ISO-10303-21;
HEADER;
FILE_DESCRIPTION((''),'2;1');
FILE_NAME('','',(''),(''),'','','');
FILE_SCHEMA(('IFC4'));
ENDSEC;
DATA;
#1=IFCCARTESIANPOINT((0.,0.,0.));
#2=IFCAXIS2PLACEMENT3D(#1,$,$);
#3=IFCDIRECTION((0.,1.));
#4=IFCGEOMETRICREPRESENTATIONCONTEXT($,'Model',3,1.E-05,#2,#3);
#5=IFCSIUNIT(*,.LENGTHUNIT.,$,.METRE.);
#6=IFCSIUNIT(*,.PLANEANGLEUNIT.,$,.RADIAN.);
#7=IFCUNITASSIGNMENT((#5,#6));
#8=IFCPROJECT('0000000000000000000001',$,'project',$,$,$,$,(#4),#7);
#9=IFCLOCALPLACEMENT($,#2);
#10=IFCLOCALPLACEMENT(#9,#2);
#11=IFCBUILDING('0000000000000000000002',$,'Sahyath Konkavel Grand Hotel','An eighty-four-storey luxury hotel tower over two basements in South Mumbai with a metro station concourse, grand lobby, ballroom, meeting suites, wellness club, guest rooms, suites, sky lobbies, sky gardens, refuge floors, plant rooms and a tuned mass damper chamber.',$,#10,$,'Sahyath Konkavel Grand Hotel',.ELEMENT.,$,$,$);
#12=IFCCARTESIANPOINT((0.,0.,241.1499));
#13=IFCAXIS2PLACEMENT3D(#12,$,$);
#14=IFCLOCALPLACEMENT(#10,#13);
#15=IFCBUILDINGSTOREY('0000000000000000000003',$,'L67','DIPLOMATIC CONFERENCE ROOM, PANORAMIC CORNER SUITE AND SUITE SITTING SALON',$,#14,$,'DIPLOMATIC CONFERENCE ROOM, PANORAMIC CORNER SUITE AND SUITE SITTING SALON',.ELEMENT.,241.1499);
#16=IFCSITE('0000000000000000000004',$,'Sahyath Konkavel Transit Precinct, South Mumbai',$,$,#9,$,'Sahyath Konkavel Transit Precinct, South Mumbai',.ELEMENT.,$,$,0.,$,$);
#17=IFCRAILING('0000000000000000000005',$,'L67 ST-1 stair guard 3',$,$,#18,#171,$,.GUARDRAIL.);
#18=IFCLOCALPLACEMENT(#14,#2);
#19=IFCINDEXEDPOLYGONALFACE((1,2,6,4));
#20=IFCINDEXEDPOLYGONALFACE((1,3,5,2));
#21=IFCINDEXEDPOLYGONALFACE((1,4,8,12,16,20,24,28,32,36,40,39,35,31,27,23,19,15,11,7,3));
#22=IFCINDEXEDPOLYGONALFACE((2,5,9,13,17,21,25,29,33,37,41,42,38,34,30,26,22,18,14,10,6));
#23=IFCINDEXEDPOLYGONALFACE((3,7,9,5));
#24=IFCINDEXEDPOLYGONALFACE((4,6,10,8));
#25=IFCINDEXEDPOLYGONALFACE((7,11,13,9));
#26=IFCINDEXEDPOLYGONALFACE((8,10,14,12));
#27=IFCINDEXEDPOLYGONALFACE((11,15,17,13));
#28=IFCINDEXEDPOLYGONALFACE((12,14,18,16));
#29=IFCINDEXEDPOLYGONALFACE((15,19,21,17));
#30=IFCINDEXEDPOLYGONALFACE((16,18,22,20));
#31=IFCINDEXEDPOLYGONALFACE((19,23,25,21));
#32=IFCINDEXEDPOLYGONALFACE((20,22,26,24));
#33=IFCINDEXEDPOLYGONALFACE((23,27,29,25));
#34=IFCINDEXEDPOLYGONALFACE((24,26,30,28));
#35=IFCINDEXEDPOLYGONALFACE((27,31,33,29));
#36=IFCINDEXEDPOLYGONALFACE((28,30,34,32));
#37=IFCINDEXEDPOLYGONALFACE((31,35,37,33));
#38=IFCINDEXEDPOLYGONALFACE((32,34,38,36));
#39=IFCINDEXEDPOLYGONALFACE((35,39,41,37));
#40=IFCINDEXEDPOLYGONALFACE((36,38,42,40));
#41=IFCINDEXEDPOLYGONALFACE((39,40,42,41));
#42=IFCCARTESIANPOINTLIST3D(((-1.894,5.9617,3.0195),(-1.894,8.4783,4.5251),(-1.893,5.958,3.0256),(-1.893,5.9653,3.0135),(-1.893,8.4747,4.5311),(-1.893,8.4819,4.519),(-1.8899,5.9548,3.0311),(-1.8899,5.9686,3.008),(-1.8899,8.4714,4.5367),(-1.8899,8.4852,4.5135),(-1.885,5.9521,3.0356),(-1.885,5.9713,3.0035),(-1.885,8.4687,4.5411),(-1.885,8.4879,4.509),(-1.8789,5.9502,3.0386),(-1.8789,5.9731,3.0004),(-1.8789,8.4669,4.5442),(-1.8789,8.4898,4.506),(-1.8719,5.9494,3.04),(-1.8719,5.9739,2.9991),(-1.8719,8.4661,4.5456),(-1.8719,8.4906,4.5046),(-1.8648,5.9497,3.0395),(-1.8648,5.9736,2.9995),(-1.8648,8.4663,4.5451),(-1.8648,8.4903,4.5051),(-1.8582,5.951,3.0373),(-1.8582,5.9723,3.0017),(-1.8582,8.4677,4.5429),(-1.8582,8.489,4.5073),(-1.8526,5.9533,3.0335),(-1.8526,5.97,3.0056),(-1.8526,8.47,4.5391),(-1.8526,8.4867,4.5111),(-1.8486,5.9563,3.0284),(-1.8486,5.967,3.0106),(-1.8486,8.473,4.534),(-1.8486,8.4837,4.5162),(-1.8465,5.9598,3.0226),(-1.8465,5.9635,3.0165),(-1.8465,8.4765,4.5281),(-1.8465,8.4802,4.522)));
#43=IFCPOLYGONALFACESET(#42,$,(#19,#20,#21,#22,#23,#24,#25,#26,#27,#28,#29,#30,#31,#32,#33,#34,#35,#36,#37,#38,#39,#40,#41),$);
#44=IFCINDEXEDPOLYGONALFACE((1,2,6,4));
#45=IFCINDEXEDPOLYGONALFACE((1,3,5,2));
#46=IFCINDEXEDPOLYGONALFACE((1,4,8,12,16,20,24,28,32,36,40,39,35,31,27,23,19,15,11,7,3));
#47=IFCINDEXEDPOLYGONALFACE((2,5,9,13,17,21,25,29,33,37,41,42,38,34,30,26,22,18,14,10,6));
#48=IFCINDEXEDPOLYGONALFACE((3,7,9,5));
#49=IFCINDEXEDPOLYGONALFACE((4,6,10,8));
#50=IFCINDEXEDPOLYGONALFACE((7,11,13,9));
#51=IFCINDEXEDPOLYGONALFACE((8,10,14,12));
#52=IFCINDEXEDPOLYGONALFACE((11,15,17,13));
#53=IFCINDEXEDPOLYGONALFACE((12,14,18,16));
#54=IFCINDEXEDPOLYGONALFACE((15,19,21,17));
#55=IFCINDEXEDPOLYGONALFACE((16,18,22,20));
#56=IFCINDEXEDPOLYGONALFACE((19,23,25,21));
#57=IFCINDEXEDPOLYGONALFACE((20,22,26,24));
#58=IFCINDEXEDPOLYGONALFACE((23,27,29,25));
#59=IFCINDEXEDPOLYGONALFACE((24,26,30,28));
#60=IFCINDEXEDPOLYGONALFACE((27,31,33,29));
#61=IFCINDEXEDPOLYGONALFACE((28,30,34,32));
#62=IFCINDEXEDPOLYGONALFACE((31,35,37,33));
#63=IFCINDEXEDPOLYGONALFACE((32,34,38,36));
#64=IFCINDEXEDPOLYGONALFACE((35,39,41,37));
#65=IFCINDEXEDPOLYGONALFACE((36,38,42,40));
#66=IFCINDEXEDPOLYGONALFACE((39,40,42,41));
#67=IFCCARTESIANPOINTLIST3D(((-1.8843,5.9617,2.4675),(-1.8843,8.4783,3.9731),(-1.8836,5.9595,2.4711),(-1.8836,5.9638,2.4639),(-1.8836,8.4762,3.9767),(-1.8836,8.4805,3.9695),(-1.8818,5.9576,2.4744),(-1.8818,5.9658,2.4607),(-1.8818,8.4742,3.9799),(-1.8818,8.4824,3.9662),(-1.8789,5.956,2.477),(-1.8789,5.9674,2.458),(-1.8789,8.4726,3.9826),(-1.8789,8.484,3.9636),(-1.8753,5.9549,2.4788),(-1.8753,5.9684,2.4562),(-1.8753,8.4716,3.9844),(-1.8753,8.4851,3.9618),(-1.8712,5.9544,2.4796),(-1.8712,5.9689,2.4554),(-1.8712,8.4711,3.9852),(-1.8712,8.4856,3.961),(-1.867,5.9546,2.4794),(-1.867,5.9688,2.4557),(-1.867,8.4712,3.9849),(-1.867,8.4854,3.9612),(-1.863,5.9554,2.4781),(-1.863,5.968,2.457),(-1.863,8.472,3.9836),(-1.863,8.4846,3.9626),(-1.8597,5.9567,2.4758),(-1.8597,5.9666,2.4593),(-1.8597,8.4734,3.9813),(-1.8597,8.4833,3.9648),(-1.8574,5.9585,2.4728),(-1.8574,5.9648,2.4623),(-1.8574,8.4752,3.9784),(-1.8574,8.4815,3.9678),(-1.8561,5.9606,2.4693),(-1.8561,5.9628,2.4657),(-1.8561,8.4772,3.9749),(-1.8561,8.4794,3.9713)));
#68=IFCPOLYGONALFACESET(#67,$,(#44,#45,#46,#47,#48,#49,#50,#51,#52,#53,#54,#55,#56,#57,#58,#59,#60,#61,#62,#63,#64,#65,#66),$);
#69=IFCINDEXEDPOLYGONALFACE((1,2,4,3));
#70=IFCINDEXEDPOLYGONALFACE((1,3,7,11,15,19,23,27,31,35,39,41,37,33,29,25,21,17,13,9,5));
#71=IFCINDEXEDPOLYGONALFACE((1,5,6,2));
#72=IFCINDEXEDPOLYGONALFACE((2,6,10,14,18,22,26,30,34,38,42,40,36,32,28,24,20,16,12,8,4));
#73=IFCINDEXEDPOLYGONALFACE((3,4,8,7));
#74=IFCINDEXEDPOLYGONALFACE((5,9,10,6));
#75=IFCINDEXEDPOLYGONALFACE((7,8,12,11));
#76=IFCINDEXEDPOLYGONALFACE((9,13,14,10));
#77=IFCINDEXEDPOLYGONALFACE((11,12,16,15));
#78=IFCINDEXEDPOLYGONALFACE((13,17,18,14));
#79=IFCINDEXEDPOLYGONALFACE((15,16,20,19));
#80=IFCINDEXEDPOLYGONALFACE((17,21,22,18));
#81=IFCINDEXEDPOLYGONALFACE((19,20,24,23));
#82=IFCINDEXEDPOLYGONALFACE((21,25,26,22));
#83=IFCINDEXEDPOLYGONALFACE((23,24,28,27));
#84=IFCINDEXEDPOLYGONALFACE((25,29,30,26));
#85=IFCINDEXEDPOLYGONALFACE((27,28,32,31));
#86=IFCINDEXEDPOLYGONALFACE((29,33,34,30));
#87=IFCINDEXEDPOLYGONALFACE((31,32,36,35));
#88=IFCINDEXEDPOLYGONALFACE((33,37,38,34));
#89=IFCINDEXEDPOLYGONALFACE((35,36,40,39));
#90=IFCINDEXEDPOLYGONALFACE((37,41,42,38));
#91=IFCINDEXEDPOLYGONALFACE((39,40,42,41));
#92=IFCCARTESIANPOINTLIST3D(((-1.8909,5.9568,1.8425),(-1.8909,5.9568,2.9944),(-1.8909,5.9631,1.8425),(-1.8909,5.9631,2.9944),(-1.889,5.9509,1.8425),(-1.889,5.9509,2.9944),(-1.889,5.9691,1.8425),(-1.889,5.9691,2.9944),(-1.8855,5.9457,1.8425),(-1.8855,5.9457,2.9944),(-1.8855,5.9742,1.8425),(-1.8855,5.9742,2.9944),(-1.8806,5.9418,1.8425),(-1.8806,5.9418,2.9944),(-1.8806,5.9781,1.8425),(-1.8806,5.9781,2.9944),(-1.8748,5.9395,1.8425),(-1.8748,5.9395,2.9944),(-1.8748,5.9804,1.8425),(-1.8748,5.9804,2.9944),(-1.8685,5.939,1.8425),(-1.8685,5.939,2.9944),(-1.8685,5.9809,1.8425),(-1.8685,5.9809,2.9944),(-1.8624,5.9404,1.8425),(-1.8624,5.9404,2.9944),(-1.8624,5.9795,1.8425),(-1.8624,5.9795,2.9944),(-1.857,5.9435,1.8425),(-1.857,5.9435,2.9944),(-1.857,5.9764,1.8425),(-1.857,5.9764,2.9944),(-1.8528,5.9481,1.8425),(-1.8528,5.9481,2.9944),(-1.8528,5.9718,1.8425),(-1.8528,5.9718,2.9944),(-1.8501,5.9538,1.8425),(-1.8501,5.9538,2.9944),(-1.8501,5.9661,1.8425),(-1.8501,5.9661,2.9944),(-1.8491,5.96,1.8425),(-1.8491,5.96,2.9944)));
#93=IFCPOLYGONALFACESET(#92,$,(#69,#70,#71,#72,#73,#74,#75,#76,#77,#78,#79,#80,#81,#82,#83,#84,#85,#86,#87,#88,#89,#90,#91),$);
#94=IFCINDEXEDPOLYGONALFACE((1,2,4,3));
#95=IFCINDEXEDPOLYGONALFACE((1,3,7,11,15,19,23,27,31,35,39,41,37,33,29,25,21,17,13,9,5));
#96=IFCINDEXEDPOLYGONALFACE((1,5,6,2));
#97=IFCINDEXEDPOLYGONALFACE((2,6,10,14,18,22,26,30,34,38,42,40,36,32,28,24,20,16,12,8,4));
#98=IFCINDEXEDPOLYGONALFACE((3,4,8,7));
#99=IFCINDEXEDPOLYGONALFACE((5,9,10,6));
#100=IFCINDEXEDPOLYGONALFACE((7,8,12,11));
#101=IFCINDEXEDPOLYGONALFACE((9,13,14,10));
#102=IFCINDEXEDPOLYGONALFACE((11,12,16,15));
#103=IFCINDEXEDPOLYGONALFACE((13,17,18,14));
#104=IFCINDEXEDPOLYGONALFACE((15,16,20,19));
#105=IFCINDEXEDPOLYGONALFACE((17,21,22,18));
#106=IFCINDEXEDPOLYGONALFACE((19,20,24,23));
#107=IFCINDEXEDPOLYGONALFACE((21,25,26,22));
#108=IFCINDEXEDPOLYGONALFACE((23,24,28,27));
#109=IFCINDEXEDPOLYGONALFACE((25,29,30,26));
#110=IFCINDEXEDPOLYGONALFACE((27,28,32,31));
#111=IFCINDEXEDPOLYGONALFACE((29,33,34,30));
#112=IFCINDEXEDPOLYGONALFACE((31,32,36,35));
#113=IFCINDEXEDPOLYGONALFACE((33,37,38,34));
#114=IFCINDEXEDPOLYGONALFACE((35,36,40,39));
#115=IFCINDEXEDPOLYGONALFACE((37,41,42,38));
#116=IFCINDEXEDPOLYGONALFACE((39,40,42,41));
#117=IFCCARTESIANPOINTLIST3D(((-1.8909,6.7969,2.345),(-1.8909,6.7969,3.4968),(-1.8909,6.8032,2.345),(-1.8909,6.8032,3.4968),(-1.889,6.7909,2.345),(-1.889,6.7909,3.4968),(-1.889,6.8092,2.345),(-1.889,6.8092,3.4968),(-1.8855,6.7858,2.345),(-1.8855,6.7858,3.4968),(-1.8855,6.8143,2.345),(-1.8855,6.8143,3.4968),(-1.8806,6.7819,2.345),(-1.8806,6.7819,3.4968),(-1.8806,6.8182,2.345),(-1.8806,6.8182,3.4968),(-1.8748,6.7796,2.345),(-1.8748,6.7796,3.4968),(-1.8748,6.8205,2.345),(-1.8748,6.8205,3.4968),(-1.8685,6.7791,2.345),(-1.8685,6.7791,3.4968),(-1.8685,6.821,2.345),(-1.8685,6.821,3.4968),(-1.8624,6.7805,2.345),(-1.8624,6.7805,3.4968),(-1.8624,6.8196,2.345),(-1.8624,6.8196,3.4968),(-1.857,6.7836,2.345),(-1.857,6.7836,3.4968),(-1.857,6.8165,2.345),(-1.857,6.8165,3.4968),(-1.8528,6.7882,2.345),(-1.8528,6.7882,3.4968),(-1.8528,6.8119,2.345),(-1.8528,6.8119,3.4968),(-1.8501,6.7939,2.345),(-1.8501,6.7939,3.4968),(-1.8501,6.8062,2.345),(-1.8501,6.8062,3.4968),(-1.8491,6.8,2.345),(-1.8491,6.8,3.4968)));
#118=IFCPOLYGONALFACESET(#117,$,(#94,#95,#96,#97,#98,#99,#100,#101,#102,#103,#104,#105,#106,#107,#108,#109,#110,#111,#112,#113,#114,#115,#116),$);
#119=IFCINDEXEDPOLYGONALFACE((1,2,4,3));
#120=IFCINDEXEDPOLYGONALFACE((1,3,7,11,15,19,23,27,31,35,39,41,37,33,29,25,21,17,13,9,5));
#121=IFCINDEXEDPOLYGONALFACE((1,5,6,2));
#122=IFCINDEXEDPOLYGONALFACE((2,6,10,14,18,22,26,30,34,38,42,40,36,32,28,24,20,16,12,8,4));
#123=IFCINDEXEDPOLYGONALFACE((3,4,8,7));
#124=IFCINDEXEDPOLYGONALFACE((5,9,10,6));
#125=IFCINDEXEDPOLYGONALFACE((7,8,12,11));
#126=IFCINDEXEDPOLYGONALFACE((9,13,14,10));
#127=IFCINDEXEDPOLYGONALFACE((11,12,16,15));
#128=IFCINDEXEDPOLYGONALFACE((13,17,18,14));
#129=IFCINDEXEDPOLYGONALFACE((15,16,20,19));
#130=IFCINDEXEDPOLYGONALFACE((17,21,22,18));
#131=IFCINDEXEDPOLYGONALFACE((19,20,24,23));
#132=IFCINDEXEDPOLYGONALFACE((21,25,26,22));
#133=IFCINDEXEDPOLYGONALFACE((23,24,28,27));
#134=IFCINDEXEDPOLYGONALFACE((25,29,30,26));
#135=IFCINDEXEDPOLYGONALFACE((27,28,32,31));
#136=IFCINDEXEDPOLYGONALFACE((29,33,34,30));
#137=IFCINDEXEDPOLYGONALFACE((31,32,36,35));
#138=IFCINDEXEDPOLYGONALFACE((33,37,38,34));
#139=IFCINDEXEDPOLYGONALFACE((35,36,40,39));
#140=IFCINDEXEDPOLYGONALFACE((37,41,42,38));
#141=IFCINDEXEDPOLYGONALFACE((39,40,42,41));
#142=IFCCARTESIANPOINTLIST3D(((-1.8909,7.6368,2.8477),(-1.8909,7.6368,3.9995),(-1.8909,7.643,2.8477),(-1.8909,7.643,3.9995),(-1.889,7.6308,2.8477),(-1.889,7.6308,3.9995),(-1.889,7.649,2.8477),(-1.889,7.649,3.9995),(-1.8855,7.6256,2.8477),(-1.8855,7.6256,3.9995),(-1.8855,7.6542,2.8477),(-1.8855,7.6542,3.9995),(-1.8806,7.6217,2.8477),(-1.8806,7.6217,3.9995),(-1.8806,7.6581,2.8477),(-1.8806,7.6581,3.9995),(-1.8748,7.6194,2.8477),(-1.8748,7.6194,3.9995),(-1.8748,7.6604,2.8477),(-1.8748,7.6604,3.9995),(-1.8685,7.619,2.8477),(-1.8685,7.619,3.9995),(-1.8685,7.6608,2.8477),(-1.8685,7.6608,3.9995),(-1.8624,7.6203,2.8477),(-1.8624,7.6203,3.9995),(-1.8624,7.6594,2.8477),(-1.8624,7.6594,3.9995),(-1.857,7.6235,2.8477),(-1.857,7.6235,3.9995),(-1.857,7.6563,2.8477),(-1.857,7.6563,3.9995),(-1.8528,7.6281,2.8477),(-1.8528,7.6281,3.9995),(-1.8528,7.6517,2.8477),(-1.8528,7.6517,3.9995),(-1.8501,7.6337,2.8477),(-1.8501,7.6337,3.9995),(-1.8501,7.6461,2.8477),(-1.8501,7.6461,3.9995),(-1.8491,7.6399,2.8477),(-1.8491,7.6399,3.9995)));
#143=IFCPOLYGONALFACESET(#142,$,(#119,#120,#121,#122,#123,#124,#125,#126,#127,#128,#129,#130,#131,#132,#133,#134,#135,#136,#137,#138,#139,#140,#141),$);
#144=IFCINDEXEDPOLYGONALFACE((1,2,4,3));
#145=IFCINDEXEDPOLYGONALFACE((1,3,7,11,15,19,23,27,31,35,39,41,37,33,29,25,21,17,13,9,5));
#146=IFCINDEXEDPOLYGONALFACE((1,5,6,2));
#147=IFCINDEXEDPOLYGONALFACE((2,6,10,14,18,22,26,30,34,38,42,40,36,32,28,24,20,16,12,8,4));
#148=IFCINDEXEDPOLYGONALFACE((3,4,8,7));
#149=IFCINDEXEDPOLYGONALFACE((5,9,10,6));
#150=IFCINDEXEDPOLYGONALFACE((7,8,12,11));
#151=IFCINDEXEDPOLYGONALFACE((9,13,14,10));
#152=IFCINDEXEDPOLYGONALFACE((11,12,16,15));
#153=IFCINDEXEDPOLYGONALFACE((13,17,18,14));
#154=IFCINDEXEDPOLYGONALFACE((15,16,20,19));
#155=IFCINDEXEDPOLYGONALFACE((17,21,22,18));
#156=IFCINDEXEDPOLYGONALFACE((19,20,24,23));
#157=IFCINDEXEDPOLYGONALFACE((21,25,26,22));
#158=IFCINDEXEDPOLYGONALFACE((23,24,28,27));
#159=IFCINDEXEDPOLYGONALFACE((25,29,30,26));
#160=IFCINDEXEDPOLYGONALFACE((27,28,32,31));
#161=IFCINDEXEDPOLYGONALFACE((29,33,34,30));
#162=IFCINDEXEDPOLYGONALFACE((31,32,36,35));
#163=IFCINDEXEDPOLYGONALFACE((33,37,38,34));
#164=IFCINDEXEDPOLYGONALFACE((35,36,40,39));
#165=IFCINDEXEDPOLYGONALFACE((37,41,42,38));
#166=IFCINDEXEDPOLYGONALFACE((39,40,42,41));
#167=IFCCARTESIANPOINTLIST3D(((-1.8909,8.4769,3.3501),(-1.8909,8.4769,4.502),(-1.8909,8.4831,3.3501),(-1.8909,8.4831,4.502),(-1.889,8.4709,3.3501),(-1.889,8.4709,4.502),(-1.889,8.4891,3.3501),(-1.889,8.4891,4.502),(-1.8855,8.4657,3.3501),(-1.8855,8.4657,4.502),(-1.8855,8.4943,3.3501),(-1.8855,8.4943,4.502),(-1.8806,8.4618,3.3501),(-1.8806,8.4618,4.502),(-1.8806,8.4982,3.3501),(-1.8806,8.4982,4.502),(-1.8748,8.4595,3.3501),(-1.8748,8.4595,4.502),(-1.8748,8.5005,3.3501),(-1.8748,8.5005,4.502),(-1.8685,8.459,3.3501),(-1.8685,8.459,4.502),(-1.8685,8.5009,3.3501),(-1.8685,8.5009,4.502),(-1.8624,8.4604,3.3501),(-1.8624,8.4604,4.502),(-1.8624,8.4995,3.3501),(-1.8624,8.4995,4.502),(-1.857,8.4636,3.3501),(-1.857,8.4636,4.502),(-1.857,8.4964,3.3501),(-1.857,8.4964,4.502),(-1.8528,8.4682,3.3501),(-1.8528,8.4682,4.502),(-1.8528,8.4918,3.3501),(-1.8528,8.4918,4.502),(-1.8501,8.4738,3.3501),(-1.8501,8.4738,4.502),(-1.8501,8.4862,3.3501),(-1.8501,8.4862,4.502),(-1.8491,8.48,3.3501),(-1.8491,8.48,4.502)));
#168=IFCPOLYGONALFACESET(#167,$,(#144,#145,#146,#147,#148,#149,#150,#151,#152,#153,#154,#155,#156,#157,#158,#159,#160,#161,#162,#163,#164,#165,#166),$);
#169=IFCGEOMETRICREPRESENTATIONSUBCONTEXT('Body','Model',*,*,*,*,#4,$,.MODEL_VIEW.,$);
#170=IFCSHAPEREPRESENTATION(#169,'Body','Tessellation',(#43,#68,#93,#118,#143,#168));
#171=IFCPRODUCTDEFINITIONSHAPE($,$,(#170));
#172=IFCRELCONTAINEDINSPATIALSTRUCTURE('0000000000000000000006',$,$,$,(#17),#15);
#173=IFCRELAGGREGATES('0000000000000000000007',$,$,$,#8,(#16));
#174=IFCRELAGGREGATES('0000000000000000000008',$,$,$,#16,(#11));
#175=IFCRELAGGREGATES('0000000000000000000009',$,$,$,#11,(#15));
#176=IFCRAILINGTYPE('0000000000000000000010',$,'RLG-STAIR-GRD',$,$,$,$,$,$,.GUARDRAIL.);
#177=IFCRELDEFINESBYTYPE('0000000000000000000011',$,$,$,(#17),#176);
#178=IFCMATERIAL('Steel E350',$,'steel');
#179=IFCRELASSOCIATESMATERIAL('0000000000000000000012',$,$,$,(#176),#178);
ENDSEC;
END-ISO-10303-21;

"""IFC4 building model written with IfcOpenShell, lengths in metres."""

from ifc_helpers import new_model, si_unit, direction, frame, origin, origin_2d, place, context, subcontext, project, spatial, circle, extrude, material, type_object, element, save


model = new_model("IFC4")

# Units and contexts
model_context = context("Model", 3, precision=1e-05, world=origin(), true_north=direction((0.0, 1.0)))
body_context = subcontext(model_context, "Body", "Model", "MODEL_VIEW")
ifc_project = project(units=[si_unit("LENGTHUNIT", "METRE"), si_unit("PLANEANGLEUNIT", "RADIAN")], contexts=[model_context])

# Site, building, storey
site_placement = place(None, origin())
site = spatial("IfcSite", under=ifc_project, at=site_placement, Name="Sahyath Konkavel Transit Precinct, South Mumbai", LongName="Sahyath Konkavel Transit Precinct, South Mumbai", CompositionType="ELEMENT", RefElevation=0.0)
building_placement = place(site_placement, origin())
building = spatial("IfcBuilding", under=site, at=building_placement, Name="Sahyath Konkavel Grand Hotel", Description="An eighty-four-storey luxury hotel tower over two basements in South Mumbai with a metro station concourse, grand lobby, ballroom, meeting suites, wellness club, guest rooms, suites, sky lobbies, sky gardens, refuge floors, plant rooms and a tuned mass damper chamber.", LongName="Sahyath Konkavel Grand Hotel", CompositionType="ELEMENT")
storey_placement = place(building_placement, frame((0.0, 0.0, 241.1499)))
storey = spatial("IfcBuildingStorey", under=building, at=storey_placement, Name="L67", Description="DIPLOMATIC CONFERENCE ROOM, PANORAMIC CORNER SUITE AND SUITE SITTING SALON", LongName="DIPLOMATIC CONFERENCE ROOM, PANORAMIC CORNER SUITE AND SUITE SITTING SALON", CompositionType="ELEMENT", Elevation=241.1499)

# Shared definitions
ifc_material_1 = material(Name="Steel E350", Category="steel")

# Railing
railing_type_1 = type_object("IfcRailingType", Name="RLG-STAIR-GRD", PredefinedType="GUARDRAIL", material=ifc_material_1)
railing_1_placement = place(storey_placement, frame((-1.8701, 5.96, 1.8425)))
element("IfcRailing", 1, at=railing_1_placement, inside=storey, type_object=railing_type_1, Name="L67 ST-1 stair guard 3", PredefinedType="GUARDRAIL", context=body_context, shape_type="SweptSolid", body=[
    extrude(circle(Radius=0.0239, at=origin_2d()), frame((0.0, 0.0017, 1.177), z_axis=(0.0, 0.85816, 0.513383), x_axis=(-1.0, 0.0, 0.0)), (0.0, 0.0, 1.0), 2.9326),
    extrude(circle(Radius=0.0142, at=origin_2d()), frame((0.0, 0.0017, 0.625), z_axis=(0.0, 0.85816, 0.513383), x_axis=(-1.0, 0.0, 0.0)), (0.0, 0.0, 1.0), 2.9326),
    extrude(circle(Radius=0.021, at=origin_2d()), origin(), (0.0, 0.0, 1.0), 1.1519),
    extrude(circle(Radius=0.021, at=origin_2d()), frame((0.0, 0.8401, 0.5024)), (0.0, 0.0, 1.0), 1.1519),
    extrude(circle(Radius=0.021, at=origin_2d()), frame((0.0, 1.6799, 1.0051)), (0.0, 0.0, 1.0), 1.1519),
    extrude(circle(Radius=0.021, at=origin_2d()), frame((0.0, 2.52, 1.5076)), (0.0, 0.0, 1.0), 1.1519),
])

save(model, "model.ifc")
